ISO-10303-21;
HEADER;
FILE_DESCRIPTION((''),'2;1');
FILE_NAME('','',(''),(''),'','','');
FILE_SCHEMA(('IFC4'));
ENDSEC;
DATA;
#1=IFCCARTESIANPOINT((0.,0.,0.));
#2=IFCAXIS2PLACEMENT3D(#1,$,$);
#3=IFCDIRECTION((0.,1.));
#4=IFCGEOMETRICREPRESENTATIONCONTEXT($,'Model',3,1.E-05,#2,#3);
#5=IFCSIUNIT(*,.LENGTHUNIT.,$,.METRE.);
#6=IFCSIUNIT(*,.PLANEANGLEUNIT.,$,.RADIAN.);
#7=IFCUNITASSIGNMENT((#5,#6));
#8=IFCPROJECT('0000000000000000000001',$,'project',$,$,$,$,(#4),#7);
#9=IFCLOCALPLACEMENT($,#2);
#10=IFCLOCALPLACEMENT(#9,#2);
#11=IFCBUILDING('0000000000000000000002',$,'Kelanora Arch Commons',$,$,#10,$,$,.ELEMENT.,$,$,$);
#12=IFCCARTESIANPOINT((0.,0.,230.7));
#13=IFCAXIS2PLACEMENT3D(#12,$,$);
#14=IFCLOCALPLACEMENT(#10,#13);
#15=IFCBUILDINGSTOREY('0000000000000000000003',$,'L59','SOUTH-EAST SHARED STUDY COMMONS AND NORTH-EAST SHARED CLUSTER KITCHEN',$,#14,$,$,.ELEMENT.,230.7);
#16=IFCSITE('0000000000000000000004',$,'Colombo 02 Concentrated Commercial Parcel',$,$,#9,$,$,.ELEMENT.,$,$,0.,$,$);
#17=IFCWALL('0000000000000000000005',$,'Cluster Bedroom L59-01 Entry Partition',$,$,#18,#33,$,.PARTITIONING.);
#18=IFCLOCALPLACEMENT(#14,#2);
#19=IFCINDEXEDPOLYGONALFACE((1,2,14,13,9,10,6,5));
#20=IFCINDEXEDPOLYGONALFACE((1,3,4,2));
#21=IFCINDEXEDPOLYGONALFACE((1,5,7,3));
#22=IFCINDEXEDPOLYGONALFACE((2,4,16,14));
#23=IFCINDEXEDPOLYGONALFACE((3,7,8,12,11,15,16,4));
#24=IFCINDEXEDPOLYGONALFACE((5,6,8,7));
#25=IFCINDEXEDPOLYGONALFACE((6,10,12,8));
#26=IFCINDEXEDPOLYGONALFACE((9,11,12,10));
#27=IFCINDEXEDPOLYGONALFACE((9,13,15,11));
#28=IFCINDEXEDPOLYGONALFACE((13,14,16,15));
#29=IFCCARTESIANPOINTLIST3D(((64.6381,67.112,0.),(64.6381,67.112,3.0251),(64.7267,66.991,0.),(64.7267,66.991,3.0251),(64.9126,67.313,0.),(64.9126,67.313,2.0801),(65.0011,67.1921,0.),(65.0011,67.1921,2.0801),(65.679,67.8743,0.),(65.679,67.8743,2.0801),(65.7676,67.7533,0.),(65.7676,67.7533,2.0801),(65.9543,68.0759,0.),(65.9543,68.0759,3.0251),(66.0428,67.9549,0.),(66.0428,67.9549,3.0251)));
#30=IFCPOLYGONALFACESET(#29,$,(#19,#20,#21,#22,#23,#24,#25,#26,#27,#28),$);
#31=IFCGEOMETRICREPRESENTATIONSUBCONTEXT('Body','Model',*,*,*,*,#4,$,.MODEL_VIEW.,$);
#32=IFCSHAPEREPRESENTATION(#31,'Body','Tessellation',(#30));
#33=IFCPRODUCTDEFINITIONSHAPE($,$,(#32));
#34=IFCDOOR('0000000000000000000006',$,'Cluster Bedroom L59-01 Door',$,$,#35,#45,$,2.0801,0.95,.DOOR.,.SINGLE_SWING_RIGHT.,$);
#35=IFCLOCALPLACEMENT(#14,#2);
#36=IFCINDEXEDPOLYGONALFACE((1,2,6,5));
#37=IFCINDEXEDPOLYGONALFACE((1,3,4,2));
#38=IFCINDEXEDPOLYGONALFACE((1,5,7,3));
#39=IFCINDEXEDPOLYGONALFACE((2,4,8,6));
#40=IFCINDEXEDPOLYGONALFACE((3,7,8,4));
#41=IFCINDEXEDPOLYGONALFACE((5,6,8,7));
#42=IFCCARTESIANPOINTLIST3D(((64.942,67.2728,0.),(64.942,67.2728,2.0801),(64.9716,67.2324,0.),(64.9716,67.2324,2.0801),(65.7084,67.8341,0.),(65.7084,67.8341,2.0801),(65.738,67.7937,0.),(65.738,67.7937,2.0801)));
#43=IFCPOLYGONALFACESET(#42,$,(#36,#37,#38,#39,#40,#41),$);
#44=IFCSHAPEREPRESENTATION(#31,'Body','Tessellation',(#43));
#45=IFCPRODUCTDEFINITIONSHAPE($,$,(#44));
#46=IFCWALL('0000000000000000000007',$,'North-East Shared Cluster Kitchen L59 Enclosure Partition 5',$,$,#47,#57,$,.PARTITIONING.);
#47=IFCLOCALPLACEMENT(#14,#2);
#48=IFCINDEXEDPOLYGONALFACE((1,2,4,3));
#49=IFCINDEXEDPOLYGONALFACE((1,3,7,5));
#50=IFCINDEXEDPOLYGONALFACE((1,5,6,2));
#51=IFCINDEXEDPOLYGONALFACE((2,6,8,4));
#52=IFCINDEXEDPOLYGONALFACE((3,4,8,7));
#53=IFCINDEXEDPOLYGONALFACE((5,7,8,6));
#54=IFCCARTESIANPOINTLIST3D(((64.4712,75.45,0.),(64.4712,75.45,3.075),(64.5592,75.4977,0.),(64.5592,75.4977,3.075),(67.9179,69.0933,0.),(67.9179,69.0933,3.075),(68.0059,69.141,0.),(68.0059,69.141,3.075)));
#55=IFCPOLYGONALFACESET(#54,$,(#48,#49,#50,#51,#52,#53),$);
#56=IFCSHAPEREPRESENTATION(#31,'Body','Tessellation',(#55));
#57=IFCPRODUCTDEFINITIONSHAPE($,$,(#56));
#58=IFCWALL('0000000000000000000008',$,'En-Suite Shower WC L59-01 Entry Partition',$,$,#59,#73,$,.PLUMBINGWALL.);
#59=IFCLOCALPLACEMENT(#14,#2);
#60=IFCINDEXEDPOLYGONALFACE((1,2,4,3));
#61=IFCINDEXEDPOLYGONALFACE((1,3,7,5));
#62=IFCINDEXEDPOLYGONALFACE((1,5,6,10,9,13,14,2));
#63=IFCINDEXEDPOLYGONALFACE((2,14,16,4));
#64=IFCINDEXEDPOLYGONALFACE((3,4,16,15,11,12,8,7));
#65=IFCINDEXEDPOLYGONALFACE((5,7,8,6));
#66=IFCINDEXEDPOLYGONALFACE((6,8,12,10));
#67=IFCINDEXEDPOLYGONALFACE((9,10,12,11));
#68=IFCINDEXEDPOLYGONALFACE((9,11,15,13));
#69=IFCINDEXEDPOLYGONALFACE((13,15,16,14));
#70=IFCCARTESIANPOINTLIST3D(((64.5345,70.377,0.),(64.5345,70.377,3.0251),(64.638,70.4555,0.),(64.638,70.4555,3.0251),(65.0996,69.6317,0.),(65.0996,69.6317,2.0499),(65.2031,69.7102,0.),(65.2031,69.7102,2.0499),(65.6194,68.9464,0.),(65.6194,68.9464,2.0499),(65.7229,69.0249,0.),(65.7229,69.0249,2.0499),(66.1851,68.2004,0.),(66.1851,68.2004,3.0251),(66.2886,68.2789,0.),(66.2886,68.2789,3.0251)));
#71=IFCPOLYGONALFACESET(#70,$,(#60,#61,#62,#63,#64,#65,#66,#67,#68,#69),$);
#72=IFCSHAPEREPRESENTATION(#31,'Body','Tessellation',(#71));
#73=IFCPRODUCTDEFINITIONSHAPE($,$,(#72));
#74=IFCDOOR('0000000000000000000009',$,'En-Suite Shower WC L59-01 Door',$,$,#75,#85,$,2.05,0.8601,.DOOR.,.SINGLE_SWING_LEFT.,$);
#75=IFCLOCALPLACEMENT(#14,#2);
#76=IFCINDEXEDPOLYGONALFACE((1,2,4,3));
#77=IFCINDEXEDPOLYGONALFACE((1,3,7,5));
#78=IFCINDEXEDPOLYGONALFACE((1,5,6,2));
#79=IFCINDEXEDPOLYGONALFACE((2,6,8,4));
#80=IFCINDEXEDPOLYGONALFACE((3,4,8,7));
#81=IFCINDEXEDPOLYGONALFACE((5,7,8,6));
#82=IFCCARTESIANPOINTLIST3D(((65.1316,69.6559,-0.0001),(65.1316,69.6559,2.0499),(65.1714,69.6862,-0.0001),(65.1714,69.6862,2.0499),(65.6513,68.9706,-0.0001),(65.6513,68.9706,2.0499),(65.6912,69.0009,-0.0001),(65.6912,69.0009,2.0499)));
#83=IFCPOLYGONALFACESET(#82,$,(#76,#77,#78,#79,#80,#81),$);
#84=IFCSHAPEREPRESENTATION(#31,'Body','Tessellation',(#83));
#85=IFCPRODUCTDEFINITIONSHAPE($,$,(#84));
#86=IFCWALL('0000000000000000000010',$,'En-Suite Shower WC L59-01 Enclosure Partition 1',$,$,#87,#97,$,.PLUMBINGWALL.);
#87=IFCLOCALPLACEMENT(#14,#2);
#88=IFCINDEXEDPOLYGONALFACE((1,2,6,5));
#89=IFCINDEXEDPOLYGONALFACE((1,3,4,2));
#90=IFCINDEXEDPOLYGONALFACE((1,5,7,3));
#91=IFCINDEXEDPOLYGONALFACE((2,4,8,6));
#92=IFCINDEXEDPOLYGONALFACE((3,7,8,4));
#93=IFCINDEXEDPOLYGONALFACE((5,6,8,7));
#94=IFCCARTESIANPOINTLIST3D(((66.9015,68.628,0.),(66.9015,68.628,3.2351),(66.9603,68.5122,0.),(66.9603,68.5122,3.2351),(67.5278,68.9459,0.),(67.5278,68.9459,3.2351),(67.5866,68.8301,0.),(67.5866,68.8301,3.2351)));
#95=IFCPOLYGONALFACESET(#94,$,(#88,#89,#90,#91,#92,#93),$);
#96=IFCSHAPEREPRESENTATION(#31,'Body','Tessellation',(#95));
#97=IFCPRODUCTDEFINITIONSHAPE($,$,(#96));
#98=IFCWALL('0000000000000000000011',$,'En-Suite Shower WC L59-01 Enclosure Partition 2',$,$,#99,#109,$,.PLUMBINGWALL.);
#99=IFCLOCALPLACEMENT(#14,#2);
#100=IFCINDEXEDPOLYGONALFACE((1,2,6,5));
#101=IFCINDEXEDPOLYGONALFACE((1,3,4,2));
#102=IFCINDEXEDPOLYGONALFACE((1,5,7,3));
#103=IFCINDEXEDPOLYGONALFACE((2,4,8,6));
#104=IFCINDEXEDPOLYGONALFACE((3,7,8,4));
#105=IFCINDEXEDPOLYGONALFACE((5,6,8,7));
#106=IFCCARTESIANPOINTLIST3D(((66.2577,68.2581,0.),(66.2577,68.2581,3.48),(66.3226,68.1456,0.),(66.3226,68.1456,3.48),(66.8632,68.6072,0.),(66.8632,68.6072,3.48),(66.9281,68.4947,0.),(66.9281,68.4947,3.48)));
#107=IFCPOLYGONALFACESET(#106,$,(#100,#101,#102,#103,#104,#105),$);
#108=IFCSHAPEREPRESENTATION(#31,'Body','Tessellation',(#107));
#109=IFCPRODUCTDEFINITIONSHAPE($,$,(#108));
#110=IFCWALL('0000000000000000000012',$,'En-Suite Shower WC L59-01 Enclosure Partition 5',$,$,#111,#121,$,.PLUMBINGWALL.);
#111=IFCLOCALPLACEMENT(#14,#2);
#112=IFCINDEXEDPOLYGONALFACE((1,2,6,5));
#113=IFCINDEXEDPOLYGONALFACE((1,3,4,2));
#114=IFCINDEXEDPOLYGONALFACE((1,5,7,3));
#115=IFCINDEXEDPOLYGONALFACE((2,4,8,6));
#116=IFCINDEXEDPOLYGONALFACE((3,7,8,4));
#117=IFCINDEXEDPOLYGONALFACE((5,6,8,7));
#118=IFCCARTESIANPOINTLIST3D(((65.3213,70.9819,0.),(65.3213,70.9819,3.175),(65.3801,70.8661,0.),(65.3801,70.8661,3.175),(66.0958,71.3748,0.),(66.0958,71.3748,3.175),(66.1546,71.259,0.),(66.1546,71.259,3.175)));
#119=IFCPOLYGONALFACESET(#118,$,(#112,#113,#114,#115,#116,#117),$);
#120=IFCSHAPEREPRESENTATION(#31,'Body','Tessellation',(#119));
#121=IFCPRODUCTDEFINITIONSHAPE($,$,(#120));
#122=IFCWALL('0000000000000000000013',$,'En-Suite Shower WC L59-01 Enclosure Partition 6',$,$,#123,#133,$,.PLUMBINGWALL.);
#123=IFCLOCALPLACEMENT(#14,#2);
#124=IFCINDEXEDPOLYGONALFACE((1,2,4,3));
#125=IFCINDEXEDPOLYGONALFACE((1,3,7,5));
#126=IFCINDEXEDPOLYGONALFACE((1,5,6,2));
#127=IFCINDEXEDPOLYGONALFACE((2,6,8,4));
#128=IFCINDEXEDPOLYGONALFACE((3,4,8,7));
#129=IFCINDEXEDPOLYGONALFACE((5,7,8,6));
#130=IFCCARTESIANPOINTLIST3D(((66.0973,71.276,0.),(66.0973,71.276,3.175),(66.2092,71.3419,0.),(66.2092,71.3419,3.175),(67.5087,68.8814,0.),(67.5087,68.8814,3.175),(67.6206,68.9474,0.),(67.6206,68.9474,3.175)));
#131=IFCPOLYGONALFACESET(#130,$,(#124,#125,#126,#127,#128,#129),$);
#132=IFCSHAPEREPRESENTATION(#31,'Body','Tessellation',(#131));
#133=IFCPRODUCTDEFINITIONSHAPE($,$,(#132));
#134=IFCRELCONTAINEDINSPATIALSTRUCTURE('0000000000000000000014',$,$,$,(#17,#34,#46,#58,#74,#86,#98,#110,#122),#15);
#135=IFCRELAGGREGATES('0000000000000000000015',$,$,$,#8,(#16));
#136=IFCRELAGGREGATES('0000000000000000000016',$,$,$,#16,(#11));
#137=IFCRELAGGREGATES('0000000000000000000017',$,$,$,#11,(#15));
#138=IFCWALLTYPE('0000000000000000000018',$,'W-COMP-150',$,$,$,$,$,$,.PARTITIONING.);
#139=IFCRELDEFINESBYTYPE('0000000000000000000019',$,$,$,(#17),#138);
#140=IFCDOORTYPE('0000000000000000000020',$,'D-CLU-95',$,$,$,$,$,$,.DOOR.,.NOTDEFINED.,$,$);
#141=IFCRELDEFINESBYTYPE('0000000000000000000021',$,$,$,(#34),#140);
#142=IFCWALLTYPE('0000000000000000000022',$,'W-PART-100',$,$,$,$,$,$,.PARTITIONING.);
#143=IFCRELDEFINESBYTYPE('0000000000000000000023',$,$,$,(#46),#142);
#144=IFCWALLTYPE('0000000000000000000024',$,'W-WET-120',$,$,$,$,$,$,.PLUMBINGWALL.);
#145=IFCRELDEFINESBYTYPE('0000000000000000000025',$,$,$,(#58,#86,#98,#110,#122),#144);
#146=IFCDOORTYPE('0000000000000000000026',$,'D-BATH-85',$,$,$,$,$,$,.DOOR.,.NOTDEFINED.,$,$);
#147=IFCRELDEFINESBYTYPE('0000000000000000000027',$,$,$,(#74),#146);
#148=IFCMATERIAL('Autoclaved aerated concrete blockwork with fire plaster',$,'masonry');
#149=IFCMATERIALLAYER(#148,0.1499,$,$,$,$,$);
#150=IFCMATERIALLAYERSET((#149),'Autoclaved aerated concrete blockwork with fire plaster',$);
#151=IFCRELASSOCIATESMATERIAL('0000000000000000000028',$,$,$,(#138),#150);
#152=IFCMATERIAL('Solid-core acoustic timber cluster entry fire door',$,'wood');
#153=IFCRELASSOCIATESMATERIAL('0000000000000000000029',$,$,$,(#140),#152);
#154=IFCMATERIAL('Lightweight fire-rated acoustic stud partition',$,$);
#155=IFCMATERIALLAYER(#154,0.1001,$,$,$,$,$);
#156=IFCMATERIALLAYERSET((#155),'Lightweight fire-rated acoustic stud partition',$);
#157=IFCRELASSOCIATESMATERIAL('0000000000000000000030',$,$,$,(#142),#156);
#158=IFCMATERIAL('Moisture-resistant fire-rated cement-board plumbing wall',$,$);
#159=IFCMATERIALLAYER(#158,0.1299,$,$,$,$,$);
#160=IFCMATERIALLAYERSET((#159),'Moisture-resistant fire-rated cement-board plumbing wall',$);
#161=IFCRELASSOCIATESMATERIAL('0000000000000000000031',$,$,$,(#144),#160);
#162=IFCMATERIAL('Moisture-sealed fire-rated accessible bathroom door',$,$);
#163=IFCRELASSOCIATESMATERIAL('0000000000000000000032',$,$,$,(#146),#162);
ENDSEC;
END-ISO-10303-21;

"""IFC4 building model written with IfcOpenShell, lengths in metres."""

from ifc_helpers import new_model, si_unit, direction, frame, frame_2d, origin, place, context, subcontext, project, spatial, rectangle, extrude, material, layer, layer_set, type_object, element, fill, save


model = new_model("IFC4")

# Units and contexts
model_context = context("Model", 3, precision=1e-05, world=origin(), true_north=direction((0.0, 1.0)))
body_context = subcontext(model_context, "Body", "Model", "MODEL_VIEW")
ifc_project = project(units=[si_unit("LENGTHUNIT", "METRE"), si_unit("PLANEANGLEUNIT", "RADIAN")], contexts=[model_context])

# Site, building, storey
site_placement = place(None, origin())
site = spatial("IfcSite", under=ifc_project, at=site_placement, Name="Colombo 02 Concentrated Commercial Parcel", CompositionType="ELEMENT", RefElevation=0.0)
building_placement = place(site_placement, origin())
building = spatial("IfcBuilding", under=site, at=building_placement, Name="Kelanora Arch Commons", CompositionType="ELEMENT")
storey_placement = place(building_placement, frame((0.0, 0.0, 230.7)))
storey = spatial("IfcBuildingStorey", under=building, at=storey_placement, Name="L59", Description="SOUTH-EAST SHARED STUDY COMMONS AND NORTH-EAST SHARED CLUSTER KITCHEN", CompositionType="ELEMENT", Elevation=230.7)

# Wall, opening, door
ifc_material_1 = material(Name="Autoclaved aerated concrete blockwork with fire plaster", Category="masonry")
ifc_layer_1 = layer(ifc_material_1, 0.1499)
ifc_layer_set_1 = layer_set([ifc_layer_1], Name="Autoclaved aerated concrete blockwork with fire plaster")
wall_type_1 = type_object("IfcWallType", Name="W-COMP-150", PredefinedType="PARTITIONING", material=ifc_layer_set_1)
wall_1_placement = place(storey_placement, frame((65.9985, 68.0154, 0.0), z_axis=(0.0, 0.0, 1.0), x_axis=(-0.80679, -0.590838, 0.0)))
wall_1 = element("IfcWall", 1, at=wall_1_placement, inside=storey, type_object=wall_type_1, Name="Cluster Bedroom L59-01 Entry Partition", PredefinedType="PARTITIONING", context=body_context, shape_type="SweptSolid", body=[
    extrude(rectangle(XDim=1.6313, YDim=0.1499, at=frame_2d((0.8157, 0.0))), origin(), (0.0, 0.0, 1.0), 3.0251),
])
opening_1_placement = place(wall_1_placement, frame((0.3411, 0.0, 0.0)))
opening_1 = element("IfcOpeningElement", 2, at=opening_1_placement, cuts=wall_1, PredefinedType="OPENING", context=body_context, shape_type="SweptSolid", body=[
    extrude(rectangle(XDim=0.95, YDim=2.0801, at=frame_2d((0.4751, 1.04))), frame((0.0, 0.085, 0.0), z_axis=(0.0, -1.0, 0.0), x_axis=(1.0, 0.0, 0.0)), (0.0, 0.0, 1.0), 0.1699),
])
ifc_material_2 = material(Name="Solid-core acoustic timber cluster entry fire door", Category="wood")
door_type_1 = type_object("IfcDoorType", Name="D-CLU-95", OperationType="NOTDEFINED", PredefinedType="DOOR", material=ifc_material_2)
door_1_placement = place(opening_1_placement, origin())
door_1 = element("IfcDoor", 3, at=door_1_placement, inside=storey, type_object=door_type_1, Name="Cluster Bedroom L59-01 Door", OperationType="SINGLE_SWING_RIGHT", OverallHeight=2.0801, OverallWidth=0.95, PredefinedType="DOOR", context=body_context, shape_type="SweptSolid", body=[
    extrude(rectangle(XDim=0.95, YDim=2.0801, at=frame_2d((0.4751, 1.04))), frame((0.0, 0.0249, 0.0), z_axis=(0.0, -1.0, 0.0), x_axis=(1.0, 0.0, 0.0)), (0.0, 0.0, 1.0), 0.05),
])
fill(opening_1, door_1)

# Wall
ifc_material_3 = material(Name="Lightweight fire-rated acoustic stud partition")
ifc_layer_2 = layer(ifc_material_3, 0.1001)
ifc_layer_set_2 = layer_set([ifc_layer_2], Name="Lightweight fire-rated acoustic stud partition")
wall_type_2 = type_object("IfcWallType", Name="W-PART-100", PredefinedType="PARTITIONING", material=ifc_layer_set_2)
wall_2_placement = place(storey_placement, frame((67.9619, 69.1172, 0.0), z_axis=(0.0, 0.0, 1.0), x_axis=(-0.476665, 0.879085, 0.0)))
element("IfcWall", 4, at=wall_2_placement, inside=storey, type_object=wall_type_2, Name="North-East Shared Cluster Kitchen L59 Enclosure Partition 5", PredefinedType="PARTITIONING", context=body_context, shape_type="SweptSolid", body=[
    extrude(rectangle(XDim=7.231, YDim=0.1001, at=frame_2d((3.6155, 0.0))), origin(), (0.0, 0.0, 1.0), 3.075),
])

# Wall, opening, door
ifc_material_4 = material(Name="Moisture-resistant fire-rated cement-board plumbing wall")
ifc_layer_3 = layer(ifc_material_4, 0.1299)
ifc_layer_set_3 = layer_set([ifc_layer_3], Name="Moisture-resistant fire-rated cement-board plumbing wall")
wall_type_3 = type_object("IfcWallType", Name="W-WET-120", PredefinedType="PLUMBINGWALL", material=ifc_layer_set_3)
wall_3_placement = place(storey_placement, frame((66.2368, 68.2397, 0.0), z_axis=(0.0, 0.0, 1.0), x_axis=(-0.604267, 0.796782, 0.0)))
wall_3 = element("IfcWall", 5, at=wall_3_placement, inside=storey, type_object=wall_type_3, Name="En-Suite Shower WC L59-01 Entry Partition", PredefinedType="PLUMBINGWALL", context=body_context, shape_type="SweptSolid", body=[
    extrude(rectangle(XDim=2.7317, YDim=0.1299, at=frame_2d((1.3657, 0.0))), origin(), (0.0, 0.0, 1.0), 3.0251),
])
opening_2_placement = place(wall_3_placement, frame((0.936, 0.0, 0.0)))
opening_2 = element("IfcOpeningElement", 6, at=opening_2_placement, cuts=wall_3, PredefinedType="OPENING", context=body_context, shape_type="SweptSolid", body=[
    extrude(rectangle(XDim=0.8601, YDim=2.05, at=frame_2d((0.4302, 1.0249))), frame((0.0, 0.075, 0.0), z_axis=(0.0, -1.0, 0.0), x_axis=(1.0, 0.0, 0.0)), (0.0, 0.0, 1.0), 0.1499),
])
ifc_material_5 = material(Name="Moisture-sealed fire-rated accessible bathroom door")
door_type_2 = type_object("IfcDoorType", Name="D-BATH-85", OperationType="NOTDEFINED", PredefinedType="DOOR", material=ifc_material_5)
door_2_placement = place(opening_2_placement, origin())
door_2 = element("IfcDoor", 7, at=door_2_placement, inside=storey, type_object=door_type_2, Name="En-Suite Shower WC L59-01 Door", OperationType="SINGLE_SWING_LEFT", OverallHeight=2.05, OverallWidth=0.8601, PredefinedType="DOOR", context=body_context, shape_type="SweptSolid", body=[
    extrude(rectangle(XDim=0.8601, YDim=2.05, at=frame_2d((0.4302, 1.0249))), frame((0.0, 0.0249, 0.0), z_axis=(0.0, -1.0, 0.0), x_axis=(1.0, 0.0, 0.0)), (0.0, 0.0, 1.0), 0.05),
])
fill(opening_2, door_2)

# Walls
wall_4_placement = place(storey_placement, frame((67.5571, 68.8879, 0.0), z_axis=(0.0, 0.0, 1.0), x_axis=(-0.891699, -0.452629, 0.0)))
element("IfcWall", 8, at=wall_4_placement, inside=storey, type_object=wall_type_3, Name="En-Suite Shower WC L59-01 Enclosure Partition 1", PredefinedType="PLUMBINGWALL", context=body_context, shape_type="SweptSolid", body=[
    extrude(rectangle(XDim=0.7024, YDim=0.1299, at=frame_2d((0.3511, 0.0))), origin(), (0.0, 0.0, 1.0), 3.2351),
])
wall_5_placement = place(storey_placement, frame((66.8958, 68.551, 0.0), z_axis=(0.0, 0.0, 1.0), x_axis=(-0.866302, -0.499521, 0.0)))
element("IfcWall", 9, at=wall_5_placement, inside=storey, type_object=wall_type_3, Name="En-Suite Shower WC L59-01 Enclosure Partition 2", PredefinedType="PLUMBINGWALL", context=body_context, shape_type="SweptSolid", body=[
    extrude(rectangle(XDim=0.699, YDim=0.1299, at=frame_2d((0.3496, 0.0))), origin(), (0.0, 0.0, 1.0), 3.48),
])
wall_6_placement = place(storey_placement, frame((65.3508, 70.9241, 0.0), z_axis=(0.0, 0.0, 1.0), x_axis=(0.891826, 0.452379, 0.0)))
element("IfcWall", 10, at=wall_6_placement, inside=storey, type_object=wall_type_3, Name="En-Suite Shower WC L59-01 Enclosure Partition 5", PredefinedType="PLUMBINGWALL", context=body_context, shape_type="SweptSolid", body=[
    extrude(rectangle(XDim=0.8684, YDim=0.1299, at=frame_2d((0.4341, 0.0))), origin(), (0.0, 0.0, 1.0), 3.175),
])
wall_7_placement = place(storey_placement, frame((66.1533, 71.3088, 0.0), z_axis=(0.0, 0.0, 1.0), x_axis=(0.507776, -0.861489, 0.0)))
element("IfcWall", 11, at=wall_7_placement, inside=storey, type_object=wall_type_3, Name="En-Suite Shower WC L59-01 Enclosure Partition 6", PredefinedType="PLUMBINGWALL", context=body_context, shape_type="SweptSolid", body=[
    extrude(rectangle(XDim=2.7795, YDim=0.1299, at=frame_2d((1.3896, 0.0))), origin(), (0.0, 0.0, 1.0), 3.175),
])

save(model, "model.ifc")
